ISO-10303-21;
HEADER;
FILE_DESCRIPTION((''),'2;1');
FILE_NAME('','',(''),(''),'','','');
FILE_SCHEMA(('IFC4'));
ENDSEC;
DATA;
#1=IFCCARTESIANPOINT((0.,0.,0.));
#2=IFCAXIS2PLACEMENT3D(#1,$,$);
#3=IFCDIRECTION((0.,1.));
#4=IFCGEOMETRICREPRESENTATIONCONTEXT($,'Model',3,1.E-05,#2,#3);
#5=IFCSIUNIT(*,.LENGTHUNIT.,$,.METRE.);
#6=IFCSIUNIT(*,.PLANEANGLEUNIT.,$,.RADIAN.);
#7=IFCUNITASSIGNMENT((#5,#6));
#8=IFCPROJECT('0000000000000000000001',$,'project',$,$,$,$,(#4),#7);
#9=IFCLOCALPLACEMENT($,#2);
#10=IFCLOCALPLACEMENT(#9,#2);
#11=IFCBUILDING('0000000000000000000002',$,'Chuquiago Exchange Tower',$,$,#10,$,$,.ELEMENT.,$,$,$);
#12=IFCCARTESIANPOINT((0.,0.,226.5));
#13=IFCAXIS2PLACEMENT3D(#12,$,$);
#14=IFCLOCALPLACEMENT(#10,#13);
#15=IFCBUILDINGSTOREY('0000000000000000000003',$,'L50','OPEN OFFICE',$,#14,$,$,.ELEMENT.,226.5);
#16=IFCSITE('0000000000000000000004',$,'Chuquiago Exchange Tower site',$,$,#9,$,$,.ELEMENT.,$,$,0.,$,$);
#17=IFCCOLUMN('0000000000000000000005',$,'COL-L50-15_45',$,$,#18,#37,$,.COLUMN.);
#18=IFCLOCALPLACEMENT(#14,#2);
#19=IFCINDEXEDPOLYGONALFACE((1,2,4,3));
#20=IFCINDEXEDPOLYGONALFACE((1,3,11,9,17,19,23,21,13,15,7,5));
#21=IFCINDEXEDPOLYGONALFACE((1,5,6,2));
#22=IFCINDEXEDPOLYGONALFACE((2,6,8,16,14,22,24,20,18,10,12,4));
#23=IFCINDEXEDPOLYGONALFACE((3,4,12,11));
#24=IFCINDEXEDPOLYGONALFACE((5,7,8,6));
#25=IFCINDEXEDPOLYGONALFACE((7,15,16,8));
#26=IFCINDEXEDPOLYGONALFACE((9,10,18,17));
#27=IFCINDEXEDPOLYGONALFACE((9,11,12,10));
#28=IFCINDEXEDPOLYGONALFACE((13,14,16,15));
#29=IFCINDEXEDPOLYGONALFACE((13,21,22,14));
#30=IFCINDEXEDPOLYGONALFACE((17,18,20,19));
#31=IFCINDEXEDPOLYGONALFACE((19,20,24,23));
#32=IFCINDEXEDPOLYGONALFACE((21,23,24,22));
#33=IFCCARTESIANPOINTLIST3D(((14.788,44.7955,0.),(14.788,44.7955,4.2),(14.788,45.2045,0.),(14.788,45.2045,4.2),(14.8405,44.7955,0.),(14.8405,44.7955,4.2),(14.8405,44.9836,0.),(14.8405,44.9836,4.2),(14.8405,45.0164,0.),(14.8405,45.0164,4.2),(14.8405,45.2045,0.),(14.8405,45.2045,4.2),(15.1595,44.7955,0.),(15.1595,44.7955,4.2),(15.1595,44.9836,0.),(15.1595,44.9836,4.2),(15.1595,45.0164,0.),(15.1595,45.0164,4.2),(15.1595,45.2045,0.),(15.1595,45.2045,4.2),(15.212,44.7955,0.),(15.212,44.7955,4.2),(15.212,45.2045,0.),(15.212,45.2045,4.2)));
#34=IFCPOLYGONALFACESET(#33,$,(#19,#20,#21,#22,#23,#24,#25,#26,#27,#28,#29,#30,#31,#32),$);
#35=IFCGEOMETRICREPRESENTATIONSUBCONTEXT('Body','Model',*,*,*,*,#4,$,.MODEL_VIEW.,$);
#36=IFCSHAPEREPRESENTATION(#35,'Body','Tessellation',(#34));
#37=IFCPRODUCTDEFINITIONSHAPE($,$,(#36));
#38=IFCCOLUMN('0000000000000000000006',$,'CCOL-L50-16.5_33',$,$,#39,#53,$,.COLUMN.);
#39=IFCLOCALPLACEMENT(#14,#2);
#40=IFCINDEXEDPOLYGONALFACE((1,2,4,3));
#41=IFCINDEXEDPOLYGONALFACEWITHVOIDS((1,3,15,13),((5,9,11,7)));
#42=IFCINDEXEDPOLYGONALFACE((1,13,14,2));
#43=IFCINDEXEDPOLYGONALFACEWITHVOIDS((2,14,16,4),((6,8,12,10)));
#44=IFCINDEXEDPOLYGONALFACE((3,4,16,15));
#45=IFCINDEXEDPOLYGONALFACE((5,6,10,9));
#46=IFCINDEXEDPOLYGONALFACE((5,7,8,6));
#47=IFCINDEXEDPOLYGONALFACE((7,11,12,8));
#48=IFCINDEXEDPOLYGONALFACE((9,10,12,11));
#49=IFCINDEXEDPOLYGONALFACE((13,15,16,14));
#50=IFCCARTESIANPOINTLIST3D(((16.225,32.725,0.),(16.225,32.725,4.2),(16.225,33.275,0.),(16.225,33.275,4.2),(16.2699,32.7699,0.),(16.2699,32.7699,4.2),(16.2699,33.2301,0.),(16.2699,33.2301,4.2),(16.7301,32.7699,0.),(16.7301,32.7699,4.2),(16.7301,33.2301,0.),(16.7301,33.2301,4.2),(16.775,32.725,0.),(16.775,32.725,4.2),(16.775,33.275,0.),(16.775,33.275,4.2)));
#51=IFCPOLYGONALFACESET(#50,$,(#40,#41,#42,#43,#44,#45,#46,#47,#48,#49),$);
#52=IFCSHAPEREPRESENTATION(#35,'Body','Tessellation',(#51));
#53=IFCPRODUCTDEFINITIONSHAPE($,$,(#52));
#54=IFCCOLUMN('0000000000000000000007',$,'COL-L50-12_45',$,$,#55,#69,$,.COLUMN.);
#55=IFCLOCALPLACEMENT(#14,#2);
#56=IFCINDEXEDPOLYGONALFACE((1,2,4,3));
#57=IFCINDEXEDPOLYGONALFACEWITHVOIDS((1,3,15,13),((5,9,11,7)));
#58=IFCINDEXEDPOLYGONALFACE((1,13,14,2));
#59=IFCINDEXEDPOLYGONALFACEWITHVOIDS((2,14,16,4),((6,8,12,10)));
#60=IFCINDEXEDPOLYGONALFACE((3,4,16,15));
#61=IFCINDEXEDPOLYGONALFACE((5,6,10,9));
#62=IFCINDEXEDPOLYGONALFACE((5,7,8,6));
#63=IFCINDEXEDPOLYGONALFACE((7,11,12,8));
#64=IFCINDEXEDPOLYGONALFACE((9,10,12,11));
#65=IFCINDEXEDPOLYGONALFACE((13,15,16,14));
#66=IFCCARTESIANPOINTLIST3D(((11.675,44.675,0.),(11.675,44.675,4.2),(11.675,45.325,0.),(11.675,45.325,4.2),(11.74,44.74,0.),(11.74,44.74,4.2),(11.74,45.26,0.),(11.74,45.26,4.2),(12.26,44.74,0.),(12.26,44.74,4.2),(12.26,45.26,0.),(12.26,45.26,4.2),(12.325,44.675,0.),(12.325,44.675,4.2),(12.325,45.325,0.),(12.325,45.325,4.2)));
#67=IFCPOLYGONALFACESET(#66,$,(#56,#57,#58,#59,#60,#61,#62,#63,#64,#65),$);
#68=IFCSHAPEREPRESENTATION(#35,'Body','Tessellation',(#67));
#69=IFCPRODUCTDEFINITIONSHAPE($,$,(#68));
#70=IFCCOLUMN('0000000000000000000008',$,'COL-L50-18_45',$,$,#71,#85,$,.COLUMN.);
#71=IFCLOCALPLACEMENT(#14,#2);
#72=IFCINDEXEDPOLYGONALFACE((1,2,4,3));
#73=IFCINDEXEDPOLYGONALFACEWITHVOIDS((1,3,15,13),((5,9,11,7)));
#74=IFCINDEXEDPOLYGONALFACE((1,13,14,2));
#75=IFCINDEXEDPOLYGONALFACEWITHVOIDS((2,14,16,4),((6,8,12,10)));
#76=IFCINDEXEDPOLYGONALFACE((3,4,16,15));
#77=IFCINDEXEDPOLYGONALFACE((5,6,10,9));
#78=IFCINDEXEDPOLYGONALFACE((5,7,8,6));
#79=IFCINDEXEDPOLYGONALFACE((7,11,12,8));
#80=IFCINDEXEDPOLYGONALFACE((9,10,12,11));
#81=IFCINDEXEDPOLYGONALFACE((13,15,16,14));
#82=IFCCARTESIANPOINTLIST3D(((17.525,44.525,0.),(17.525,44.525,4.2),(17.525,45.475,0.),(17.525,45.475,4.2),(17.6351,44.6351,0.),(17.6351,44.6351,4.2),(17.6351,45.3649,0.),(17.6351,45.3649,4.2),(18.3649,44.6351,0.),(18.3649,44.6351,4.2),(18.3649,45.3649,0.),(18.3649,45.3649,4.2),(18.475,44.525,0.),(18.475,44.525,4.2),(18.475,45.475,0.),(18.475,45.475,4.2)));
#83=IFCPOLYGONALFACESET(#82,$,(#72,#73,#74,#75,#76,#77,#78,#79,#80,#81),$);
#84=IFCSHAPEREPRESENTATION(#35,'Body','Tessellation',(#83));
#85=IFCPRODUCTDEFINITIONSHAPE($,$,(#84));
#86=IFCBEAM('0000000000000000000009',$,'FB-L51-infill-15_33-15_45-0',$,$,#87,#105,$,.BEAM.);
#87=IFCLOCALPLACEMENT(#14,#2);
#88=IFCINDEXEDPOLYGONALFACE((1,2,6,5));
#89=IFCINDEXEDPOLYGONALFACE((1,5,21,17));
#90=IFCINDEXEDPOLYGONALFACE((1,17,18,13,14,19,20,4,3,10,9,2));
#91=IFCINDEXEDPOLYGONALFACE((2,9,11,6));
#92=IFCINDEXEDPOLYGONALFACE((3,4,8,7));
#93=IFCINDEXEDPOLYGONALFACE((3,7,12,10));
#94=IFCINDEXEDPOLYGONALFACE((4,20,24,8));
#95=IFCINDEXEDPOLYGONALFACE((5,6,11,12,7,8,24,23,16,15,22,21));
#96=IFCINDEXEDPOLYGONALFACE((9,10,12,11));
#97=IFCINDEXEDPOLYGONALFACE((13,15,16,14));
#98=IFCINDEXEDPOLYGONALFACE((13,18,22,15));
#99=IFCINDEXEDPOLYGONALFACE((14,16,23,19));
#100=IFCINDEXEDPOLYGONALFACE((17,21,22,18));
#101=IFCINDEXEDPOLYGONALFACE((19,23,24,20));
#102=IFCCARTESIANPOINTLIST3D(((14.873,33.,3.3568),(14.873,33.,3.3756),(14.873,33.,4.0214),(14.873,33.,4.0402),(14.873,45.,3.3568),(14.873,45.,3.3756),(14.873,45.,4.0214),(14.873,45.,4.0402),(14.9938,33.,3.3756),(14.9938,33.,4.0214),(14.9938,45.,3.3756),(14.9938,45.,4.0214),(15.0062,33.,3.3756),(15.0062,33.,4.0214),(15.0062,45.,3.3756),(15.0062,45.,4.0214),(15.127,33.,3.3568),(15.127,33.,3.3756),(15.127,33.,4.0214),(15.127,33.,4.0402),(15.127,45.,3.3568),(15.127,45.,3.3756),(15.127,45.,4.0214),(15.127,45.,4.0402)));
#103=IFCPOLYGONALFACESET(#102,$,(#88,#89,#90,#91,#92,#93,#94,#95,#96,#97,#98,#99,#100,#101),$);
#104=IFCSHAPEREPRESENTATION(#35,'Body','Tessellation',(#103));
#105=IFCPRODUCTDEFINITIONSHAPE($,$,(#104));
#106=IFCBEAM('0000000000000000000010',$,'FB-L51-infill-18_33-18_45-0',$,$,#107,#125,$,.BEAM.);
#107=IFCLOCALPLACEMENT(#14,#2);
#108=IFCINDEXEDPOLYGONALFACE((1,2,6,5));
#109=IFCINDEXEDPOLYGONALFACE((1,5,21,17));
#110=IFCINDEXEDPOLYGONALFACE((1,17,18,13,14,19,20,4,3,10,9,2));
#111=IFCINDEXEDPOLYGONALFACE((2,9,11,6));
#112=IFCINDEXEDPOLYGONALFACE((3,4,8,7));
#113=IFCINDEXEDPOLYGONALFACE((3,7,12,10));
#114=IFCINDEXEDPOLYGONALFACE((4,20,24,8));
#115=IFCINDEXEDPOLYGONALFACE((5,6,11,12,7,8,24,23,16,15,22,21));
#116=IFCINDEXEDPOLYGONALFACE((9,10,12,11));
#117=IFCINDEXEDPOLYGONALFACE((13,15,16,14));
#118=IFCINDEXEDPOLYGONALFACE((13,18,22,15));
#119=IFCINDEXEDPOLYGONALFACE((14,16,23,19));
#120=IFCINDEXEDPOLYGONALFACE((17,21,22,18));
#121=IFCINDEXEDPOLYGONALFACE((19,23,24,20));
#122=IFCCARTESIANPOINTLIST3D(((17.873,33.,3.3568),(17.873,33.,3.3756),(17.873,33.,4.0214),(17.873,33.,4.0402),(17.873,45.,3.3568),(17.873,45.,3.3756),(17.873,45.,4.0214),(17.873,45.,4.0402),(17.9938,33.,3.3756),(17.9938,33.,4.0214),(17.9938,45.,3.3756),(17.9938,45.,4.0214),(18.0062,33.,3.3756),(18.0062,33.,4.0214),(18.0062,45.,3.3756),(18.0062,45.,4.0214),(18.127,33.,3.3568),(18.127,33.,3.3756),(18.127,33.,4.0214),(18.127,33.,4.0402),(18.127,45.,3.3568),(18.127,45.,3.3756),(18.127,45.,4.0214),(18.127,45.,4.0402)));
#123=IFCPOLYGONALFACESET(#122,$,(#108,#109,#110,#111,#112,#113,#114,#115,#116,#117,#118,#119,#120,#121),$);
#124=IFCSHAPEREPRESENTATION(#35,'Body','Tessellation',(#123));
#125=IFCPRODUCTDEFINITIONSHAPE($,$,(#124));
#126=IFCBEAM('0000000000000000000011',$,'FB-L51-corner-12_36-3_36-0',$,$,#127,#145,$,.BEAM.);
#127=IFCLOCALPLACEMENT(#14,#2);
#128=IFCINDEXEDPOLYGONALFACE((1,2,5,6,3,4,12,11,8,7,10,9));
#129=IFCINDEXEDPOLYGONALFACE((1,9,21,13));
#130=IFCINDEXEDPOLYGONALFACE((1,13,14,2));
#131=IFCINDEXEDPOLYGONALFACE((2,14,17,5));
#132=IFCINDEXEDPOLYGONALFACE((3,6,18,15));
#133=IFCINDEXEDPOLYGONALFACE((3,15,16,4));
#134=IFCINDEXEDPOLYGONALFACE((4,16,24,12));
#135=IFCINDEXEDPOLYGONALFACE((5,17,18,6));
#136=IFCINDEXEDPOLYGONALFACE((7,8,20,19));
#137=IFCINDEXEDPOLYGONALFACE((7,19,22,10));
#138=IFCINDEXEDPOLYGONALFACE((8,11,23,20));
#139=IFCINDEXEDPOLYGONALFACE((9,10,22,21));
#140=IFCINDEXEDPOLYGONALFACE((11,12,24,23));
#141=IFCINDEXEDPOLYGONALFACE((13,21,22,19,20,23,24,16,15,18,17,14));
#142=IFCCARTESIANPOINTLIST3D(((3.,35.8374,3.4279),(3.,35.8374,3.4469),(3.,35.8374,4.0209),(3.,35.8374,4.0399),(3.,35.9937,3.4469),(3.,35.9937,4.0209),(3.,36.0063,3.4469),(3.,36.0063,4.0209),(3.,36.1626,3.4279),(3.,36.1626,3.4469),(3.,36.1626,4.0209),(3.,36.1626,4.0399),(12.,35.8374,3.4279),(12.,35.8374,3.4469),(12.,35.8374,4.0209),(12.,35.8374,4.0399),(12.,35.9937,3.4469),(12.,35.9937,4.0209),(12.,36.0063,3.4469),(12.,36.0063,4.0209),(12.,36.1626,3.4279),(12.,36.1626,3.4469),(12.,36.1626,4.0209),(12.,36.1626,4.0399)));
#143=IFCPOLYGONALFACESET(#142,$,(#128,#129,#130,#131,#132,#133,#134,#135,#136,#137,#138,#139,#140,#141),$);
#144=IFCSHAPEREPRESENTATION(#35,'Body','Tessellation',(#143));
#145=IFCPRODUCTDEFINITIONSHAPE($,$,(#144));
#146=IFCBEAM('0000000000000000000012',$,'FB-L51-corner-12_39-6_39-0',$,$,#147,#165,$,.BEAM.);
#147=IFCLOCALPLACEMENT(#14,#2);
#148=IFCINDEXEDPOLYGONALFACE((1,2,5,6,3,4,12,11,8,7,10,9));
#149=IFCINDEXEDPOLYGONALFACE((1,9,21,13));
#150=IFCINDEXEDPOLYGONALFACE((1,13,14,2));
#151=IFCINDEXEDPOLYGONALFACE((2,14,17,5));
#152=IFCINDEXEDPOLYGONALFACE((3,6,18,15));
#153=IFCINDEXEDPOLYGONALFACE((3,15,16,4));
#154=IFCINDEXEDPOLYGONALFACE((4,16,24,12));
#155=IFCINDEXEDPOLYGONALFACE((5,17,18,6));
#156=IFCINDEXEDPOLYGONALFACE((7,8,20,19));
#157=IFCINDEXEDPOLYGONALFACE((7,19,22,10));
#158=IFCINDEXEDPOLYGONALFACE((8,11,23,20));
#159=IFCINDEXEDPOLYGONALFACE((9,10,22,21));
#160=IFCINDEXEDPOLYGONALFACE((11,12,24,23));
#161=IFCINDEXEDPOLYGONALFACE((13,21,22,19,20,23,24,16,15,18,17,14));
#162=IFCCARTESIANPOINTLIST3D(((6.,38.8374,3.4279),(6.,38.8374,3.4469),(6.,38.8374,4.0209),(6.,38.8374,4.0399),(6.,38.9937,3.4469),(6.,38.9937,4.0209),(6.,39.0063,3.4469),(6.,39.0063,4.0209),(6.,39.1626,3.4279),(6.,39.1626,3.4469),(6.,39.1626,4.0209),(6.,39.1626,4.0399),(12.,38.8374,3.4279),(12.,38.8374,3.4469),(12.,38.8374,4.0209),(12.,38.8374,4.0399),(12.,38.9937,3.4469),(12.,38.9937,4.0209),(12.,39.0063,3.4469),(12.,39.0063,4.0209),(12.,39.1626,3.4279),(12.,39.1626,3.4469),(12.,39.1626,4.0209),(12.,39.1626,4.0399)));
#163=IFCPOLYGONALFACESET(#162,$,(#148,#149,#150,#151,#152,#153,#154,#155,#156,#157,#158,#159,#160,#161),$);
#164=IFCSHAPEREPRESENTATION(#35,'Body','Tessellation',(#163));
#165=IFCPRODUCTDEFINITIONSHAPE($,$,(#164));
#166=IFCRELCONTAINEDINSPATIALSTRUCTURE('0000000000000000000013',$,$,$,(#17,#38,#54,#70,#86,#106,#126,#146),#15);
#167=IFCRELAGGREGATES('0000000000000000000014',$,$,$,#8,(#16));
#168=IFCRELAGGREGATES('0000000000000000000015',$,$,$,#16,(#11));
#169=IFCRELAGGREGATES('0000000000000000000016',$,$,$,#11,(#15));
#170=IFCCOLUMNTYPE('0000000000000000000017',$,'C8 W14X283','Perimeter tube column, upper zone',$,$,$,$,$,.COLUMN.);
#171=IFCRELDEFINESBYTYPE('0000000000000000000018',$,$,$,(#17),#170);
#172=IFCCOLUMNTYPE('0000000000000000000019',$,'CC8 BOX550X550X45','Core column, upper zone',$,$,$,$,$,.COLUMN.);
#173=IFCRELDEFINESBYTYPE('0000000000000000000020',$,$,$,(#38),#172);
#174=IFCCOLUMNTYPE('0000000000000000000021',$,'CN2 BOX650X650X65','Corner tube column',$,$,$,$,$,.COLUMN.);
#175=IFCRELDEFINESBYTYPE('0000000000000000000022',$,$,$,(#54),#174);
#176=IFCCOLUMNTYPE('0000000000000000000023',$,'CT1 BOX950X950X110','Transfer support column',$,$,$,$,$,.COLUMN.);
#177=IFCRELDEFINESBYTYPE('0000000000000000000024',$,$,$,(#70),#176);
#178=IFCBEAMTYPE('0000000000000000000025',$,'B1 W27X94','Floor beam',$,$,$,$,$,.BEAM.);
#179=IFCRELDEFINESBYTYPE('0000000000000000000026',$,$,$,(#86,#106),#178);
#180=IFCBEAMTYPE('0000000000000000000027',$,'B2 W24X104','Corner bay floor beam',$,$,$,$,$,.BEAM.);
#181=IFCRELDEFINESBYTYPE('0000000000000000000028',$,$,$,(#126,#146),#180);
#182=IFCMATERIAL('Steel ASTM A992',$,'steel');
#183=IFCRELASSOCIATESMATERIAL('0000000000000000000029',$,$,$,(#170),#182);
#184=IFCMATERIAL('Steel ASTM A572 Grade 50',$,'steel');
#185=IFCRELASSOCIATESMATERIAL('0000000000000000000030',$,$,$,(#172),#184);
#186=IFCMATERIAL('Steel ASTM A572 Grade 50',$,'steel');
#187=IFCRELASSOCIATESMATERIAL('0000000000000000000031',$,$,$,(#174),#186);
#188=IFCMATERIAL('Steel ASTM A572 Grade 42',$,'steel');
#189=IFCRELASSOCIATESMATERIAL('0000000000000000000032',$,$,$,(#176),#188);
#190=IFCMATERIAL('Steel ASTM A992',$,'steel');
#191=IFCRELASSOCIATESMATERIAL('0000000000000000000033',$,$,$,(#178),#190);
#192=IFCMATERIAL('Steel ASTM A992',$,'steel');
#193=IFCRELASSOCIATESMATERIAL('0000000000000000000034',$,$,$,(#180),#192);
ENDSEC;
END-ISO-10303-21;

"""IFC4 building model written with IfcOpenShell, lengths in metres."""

from ifc_helpers import new_model, si_unit, direction, frame, origin, origin_2d, place, context, subcontext, project, spatial, hollow_rectangle, i_section, extrude, material, material_profile, profile_set, type_object, element, save


model = new_model("IFC4")

# Units and contexts
model_context = context("Model", 3, precision=1e-05, world=origin(), true_north=direction((0.0, 1.0)))
body_context = subcontext(model_context, "Body", "Model", "MODEL_VIEW")
ifc_project = project(units=[si_unit("LENGTHUNIT", "METRE"), si_unit("PLANEANGLEUNIT", "RADIAN")], contexts=[model_context])

# Site, building, storey
site_placement = place(None, origin())
site = spatial("IfcSite", under=ifc_project, at=site_placement, Name="Chuquiago Exchange Tower site", CompositionType="ELEMENT", RefElevation=0.0)
building_placement = place(site_placement, origin())
building = spatial("IfcBuilding", under=site, at=building_placement, Name="Chuquiago Exchange Tower", CompositionType="ELEMENT")
storey_placement = place(building_placement, frame((0.0, 0.0, 226.5)))
storey = spatial("IfcBuildingStorey", under=building, at=storey_placement, Name="L50", Description="OPEN OFFICE", CompositionType="ELEMENT", Elevation=226.5)

# Columns
ifc_material_1 = material(Name="Steel ASTM A992", Category="steel")
ifc_material_profile_1 = material_profile(ifc_material_1, i_section(OverallWidth=0.4089, OverallDepth=0.4241, WebThickness=0.0327, FlangeThickness=0.0525, at=origin_2d()), Name="W14X283")
ifc_profile_set_1 = profile_set([ifc_material_profile_1], Name="Steel ASTM A992")
column_type_1 = type_object("IfcColumnType", Name="C8 W14X283", Description="Perimeter tube column, upper zone", PredefinedType="COLUMN", material=ifc_profile_set_1)
column_1_placement = place(storey_placement, frame((15.0, 45.0, 0.0), z_axis=(0.0, 0.0, 1.0), x_axis=(0.0, 1.0, 0.0)))
element("IfcColumn", 1, at=column_1_placement, inside=storey, type_object=column_type_1, Name="COL-L50-15_45", PredefinedType="COLUMN", context=body_context, shape_type="SweptSolid", body=[
    extrude(i_section(OverallWidth=0.4089, OverallDepth=0.4241, WebThickness=0.0327, FlangeThickness=0.0525, at=origin_2d()), origin(), (0.0, 0.0, 1.0), 4.2),
])
ifc_material_2 = material(Name="Steel ASTM A572 Grade 50", Category="steel")
ifc_material_profile_2 = material_profile(ifc_material_2, hollow_rectangle(XDim=0.55, YDim=0.55, WallThickness=0.0449, at=origin_2d()), Name="BOX550X550X45")
ifc_profile_set_2 = profile_set([ifc_material_profile_2], Name="Steel ASTM A572 Grade 50")
column_type_2 = type_object("IfcColumnType", Name="CC8 BOX550X550X45", Description="Core column, upper zone", PredefinedType="COLUMN", material=ifc_profile_set_2)
column_2_placement = place(storey_placement, frame((16.5, 33.0, 0.0), z_axis=(0.0, 0.0, 1.0), x_axis=(1.0, 0.0, 0.0)))
element("IfcColumn", 2, at=column_2_placement, inside=storey, type_object=column_type_2, Name="CCOL-L50-16.5_33", PredefinedType="COLUMN", context=body_context, shape_type="SweptSolid", body=[
    extrude(hollow_rectangle(XDim=0.55, YDim=0.55, WallThickness=0.0449, at=origin_2d()), origin(), (0.0, 0.0, 1.0), 4.2),
])
ifc_material_3 = material(Name="Steel ASTM A572 Grade 50", Category="steel")
ifc_material_profile_3 = material_profile(ifc_material_3, hollow_rectangle(XDim=0.6499, YDim=0.6499, WallThickness=0.0649, at=origin_2d()), Name="BOX650X650X65")
ifc_profile_set_3 = profile_set([ifc_material_profile_3], Name="Steel ASTM A572 Grade 50")
column_type_3 = type_object("IfcColumnType", Name="CN2 BOX650X650X65", Description="Corner tube column", PredefinedType="COLUMN", material=ifc_profile_set_3)
column_3_placement = place(storey_placement, frame((12.0, 45.0, 0.0), z_axis=(0.0, 0.0, 1.0), x_axis=(0.0, 1.0, 0.0)))
element("IfcColumn", 3, at=column_3_placement, inside=storey, type_object=column_type_3, Name="COL-L50-12_45", PredefinedType="COLUMN", context=body_context, shape_type="SweptSolid", body=[
    extrude(hollow_rectangle(XDim=0.6499, YDim=0.6499, WallThickness=0.0649, at=origin_2d()), origin(), (0.0, 0.0, 1.0), 4.2),
])
ifc_material_4 = material(Name="Steel ASTM A572 Grade 42", Category="steel")
ifc_material_profile_4 = material_profile(ifc_material_4, hollow_rectangle(XDim=0.95, YDim=0.95, WallThickness=0.1101, at=origin_2d()), Name="BOX950X950X110")
ifc_profile_set_4 = profile_set([ifc_material_profile_4], Name="Steel ASTM A572 Grade 42")
column_type_4 = type_object("IfcColumnType", Name="CT1 BOX950X950X110", Description="Transfer support column", PredefinedType="COLUMN", material=ifc_profile_set_4)
column_4_placement = place(storey_placement, frame((18.0, 45.0, 0.0), z_axis=(0.0, 0.0, 1.0), x_axis=(0.0, 1.0, 0.0)))
element("IfcColumn", 4, at=column_4_placement, inside=storey, type_object=column_type_4, Name="COL-L50-18_45", PredefinedType="COLUMN", context=body_context, shape_type="SweptSolid", body=[
    extrude(hollow_rectangle(XDim=0.95, YDim=0.95, WallThickness=0.1101, at=origin_2d()), origin(), (0.0, 0.0, 1.0), 4.2),
])

# Beams
ifc_material_5 = material(Name="Steel ASTM A992", Category="steel")
ifc_material_profile_5 = material_profile(ifc_material_5, i_section(OverallWidth=0.2539, OverallDepth=0.6833, WebThickness=0.0125, FlangeThickness=0.0188, at=origin_2d()), Name="W27X94")
ifc_profile_set_5 = profile_set([ifc_material_profile_5], Name="Steel ASTM A992")
beam_type_1 = type_object("IfcBeamType", Name="B1 W27X94", Description="Floor beam", PredefinedType="BEAM", material=ifc_profile_set_5)
for number, where, z_axis, x_axis, name in (
    (5, (15.0, 33.0, 3.6985), (0.0, 1.0, 0.0), (-1.0, 0.0, 0.0), "FB-L51-infill-15_33-15_45-0"),
    (6, (18.0, 33.0, 3.6985), (0.0, 1.0, 0.0), (-1.0, 0.0, 0.0), "FB-L51-infill-18_33-18_45-0"),
):
    element("IfcBeam", number, at=place(storey_placement, frame(where, z_axis=z_axis, x_axis=x_axis)), inside=storey, type_object=beam_type_1, Name=name, PredefinedType="BEAM", context=body_context, shape_type="SweptSolid", body=[
        extrude(i_section(OverallWidth=0.2539, OverallDepth=0.6833, WebThickness=0.0125, FlangeThickness=0.0188, at=origin_2d()), origin(), (0.0, 0.0, 1.0), 12.0),
    ])
ifc_material_6 = material(Name="Steel ASTM A992", Category="steel")
ifc_material_profile_6 = material_profile(ifc_material_6, i_section(OverallWidth=0.3252, OverallDepth=0.6121, WebThickness=0.0127, FlangeThickness=0.019, at=origin_2d()), Name="W24X104")
ifc_profile_set_6 = profile_set([ifc_material_profile_6], Name="Steel ASTM A992")
beam_type_2 = type_object("IfcBeamType", Name="B2 W24X104", Description="Corner bay floor beam", PredefinedType="BEAM", material=ifc_profile_set_6)
beam_1_placement = place(storey_placement, frame((12.0, 36.0, 3.7339), z_axis=(-1.0, 0.0, 0.0), x_axis=(0.0, -1.0, 0.0)))
element("IfcBeam", 7, at=beam_1_placement, inside=storey, type_object=beam_type_2, Name="FB-L51-corner-12_36-3_36-0", PredefinedType="BEAM", context=body_context, shape_type="SweptSolid", body=[
    extrude(i_section(OverallWidth=0.3252, OverallDepth=0.6121, WebThickness=0.0127, FlangeThickness=0.019, at=origin_2d()), origin(), (0.0, 0.0, 1.0), 9.0),
])
beam_2_placement = place(storey_placement, frame((12.0, 39.0, 3.7339), z_axis=(-1.0, 0.0, 0.0), x_axis=(0.0, -1.0, 0.0)))
element("IfcBeam", 8, at=beam_2_placement, inside=storey, type_object=beam_type_2, Name="FB-L51-corner-12_39-6_39-0", PredefinedType="BEAM", context=body_context, shape_type="SweptSolid", body=[
    extrude(i_section(OverallWidth=0.3252, OverallDepth=0.6121, WebThickness=0.0127, FlangeThickness=0.019, at=origin_2d()), origin(), (0.0, 0.0, 1.0), 6.0),
])

save(model, "model.ifc")
